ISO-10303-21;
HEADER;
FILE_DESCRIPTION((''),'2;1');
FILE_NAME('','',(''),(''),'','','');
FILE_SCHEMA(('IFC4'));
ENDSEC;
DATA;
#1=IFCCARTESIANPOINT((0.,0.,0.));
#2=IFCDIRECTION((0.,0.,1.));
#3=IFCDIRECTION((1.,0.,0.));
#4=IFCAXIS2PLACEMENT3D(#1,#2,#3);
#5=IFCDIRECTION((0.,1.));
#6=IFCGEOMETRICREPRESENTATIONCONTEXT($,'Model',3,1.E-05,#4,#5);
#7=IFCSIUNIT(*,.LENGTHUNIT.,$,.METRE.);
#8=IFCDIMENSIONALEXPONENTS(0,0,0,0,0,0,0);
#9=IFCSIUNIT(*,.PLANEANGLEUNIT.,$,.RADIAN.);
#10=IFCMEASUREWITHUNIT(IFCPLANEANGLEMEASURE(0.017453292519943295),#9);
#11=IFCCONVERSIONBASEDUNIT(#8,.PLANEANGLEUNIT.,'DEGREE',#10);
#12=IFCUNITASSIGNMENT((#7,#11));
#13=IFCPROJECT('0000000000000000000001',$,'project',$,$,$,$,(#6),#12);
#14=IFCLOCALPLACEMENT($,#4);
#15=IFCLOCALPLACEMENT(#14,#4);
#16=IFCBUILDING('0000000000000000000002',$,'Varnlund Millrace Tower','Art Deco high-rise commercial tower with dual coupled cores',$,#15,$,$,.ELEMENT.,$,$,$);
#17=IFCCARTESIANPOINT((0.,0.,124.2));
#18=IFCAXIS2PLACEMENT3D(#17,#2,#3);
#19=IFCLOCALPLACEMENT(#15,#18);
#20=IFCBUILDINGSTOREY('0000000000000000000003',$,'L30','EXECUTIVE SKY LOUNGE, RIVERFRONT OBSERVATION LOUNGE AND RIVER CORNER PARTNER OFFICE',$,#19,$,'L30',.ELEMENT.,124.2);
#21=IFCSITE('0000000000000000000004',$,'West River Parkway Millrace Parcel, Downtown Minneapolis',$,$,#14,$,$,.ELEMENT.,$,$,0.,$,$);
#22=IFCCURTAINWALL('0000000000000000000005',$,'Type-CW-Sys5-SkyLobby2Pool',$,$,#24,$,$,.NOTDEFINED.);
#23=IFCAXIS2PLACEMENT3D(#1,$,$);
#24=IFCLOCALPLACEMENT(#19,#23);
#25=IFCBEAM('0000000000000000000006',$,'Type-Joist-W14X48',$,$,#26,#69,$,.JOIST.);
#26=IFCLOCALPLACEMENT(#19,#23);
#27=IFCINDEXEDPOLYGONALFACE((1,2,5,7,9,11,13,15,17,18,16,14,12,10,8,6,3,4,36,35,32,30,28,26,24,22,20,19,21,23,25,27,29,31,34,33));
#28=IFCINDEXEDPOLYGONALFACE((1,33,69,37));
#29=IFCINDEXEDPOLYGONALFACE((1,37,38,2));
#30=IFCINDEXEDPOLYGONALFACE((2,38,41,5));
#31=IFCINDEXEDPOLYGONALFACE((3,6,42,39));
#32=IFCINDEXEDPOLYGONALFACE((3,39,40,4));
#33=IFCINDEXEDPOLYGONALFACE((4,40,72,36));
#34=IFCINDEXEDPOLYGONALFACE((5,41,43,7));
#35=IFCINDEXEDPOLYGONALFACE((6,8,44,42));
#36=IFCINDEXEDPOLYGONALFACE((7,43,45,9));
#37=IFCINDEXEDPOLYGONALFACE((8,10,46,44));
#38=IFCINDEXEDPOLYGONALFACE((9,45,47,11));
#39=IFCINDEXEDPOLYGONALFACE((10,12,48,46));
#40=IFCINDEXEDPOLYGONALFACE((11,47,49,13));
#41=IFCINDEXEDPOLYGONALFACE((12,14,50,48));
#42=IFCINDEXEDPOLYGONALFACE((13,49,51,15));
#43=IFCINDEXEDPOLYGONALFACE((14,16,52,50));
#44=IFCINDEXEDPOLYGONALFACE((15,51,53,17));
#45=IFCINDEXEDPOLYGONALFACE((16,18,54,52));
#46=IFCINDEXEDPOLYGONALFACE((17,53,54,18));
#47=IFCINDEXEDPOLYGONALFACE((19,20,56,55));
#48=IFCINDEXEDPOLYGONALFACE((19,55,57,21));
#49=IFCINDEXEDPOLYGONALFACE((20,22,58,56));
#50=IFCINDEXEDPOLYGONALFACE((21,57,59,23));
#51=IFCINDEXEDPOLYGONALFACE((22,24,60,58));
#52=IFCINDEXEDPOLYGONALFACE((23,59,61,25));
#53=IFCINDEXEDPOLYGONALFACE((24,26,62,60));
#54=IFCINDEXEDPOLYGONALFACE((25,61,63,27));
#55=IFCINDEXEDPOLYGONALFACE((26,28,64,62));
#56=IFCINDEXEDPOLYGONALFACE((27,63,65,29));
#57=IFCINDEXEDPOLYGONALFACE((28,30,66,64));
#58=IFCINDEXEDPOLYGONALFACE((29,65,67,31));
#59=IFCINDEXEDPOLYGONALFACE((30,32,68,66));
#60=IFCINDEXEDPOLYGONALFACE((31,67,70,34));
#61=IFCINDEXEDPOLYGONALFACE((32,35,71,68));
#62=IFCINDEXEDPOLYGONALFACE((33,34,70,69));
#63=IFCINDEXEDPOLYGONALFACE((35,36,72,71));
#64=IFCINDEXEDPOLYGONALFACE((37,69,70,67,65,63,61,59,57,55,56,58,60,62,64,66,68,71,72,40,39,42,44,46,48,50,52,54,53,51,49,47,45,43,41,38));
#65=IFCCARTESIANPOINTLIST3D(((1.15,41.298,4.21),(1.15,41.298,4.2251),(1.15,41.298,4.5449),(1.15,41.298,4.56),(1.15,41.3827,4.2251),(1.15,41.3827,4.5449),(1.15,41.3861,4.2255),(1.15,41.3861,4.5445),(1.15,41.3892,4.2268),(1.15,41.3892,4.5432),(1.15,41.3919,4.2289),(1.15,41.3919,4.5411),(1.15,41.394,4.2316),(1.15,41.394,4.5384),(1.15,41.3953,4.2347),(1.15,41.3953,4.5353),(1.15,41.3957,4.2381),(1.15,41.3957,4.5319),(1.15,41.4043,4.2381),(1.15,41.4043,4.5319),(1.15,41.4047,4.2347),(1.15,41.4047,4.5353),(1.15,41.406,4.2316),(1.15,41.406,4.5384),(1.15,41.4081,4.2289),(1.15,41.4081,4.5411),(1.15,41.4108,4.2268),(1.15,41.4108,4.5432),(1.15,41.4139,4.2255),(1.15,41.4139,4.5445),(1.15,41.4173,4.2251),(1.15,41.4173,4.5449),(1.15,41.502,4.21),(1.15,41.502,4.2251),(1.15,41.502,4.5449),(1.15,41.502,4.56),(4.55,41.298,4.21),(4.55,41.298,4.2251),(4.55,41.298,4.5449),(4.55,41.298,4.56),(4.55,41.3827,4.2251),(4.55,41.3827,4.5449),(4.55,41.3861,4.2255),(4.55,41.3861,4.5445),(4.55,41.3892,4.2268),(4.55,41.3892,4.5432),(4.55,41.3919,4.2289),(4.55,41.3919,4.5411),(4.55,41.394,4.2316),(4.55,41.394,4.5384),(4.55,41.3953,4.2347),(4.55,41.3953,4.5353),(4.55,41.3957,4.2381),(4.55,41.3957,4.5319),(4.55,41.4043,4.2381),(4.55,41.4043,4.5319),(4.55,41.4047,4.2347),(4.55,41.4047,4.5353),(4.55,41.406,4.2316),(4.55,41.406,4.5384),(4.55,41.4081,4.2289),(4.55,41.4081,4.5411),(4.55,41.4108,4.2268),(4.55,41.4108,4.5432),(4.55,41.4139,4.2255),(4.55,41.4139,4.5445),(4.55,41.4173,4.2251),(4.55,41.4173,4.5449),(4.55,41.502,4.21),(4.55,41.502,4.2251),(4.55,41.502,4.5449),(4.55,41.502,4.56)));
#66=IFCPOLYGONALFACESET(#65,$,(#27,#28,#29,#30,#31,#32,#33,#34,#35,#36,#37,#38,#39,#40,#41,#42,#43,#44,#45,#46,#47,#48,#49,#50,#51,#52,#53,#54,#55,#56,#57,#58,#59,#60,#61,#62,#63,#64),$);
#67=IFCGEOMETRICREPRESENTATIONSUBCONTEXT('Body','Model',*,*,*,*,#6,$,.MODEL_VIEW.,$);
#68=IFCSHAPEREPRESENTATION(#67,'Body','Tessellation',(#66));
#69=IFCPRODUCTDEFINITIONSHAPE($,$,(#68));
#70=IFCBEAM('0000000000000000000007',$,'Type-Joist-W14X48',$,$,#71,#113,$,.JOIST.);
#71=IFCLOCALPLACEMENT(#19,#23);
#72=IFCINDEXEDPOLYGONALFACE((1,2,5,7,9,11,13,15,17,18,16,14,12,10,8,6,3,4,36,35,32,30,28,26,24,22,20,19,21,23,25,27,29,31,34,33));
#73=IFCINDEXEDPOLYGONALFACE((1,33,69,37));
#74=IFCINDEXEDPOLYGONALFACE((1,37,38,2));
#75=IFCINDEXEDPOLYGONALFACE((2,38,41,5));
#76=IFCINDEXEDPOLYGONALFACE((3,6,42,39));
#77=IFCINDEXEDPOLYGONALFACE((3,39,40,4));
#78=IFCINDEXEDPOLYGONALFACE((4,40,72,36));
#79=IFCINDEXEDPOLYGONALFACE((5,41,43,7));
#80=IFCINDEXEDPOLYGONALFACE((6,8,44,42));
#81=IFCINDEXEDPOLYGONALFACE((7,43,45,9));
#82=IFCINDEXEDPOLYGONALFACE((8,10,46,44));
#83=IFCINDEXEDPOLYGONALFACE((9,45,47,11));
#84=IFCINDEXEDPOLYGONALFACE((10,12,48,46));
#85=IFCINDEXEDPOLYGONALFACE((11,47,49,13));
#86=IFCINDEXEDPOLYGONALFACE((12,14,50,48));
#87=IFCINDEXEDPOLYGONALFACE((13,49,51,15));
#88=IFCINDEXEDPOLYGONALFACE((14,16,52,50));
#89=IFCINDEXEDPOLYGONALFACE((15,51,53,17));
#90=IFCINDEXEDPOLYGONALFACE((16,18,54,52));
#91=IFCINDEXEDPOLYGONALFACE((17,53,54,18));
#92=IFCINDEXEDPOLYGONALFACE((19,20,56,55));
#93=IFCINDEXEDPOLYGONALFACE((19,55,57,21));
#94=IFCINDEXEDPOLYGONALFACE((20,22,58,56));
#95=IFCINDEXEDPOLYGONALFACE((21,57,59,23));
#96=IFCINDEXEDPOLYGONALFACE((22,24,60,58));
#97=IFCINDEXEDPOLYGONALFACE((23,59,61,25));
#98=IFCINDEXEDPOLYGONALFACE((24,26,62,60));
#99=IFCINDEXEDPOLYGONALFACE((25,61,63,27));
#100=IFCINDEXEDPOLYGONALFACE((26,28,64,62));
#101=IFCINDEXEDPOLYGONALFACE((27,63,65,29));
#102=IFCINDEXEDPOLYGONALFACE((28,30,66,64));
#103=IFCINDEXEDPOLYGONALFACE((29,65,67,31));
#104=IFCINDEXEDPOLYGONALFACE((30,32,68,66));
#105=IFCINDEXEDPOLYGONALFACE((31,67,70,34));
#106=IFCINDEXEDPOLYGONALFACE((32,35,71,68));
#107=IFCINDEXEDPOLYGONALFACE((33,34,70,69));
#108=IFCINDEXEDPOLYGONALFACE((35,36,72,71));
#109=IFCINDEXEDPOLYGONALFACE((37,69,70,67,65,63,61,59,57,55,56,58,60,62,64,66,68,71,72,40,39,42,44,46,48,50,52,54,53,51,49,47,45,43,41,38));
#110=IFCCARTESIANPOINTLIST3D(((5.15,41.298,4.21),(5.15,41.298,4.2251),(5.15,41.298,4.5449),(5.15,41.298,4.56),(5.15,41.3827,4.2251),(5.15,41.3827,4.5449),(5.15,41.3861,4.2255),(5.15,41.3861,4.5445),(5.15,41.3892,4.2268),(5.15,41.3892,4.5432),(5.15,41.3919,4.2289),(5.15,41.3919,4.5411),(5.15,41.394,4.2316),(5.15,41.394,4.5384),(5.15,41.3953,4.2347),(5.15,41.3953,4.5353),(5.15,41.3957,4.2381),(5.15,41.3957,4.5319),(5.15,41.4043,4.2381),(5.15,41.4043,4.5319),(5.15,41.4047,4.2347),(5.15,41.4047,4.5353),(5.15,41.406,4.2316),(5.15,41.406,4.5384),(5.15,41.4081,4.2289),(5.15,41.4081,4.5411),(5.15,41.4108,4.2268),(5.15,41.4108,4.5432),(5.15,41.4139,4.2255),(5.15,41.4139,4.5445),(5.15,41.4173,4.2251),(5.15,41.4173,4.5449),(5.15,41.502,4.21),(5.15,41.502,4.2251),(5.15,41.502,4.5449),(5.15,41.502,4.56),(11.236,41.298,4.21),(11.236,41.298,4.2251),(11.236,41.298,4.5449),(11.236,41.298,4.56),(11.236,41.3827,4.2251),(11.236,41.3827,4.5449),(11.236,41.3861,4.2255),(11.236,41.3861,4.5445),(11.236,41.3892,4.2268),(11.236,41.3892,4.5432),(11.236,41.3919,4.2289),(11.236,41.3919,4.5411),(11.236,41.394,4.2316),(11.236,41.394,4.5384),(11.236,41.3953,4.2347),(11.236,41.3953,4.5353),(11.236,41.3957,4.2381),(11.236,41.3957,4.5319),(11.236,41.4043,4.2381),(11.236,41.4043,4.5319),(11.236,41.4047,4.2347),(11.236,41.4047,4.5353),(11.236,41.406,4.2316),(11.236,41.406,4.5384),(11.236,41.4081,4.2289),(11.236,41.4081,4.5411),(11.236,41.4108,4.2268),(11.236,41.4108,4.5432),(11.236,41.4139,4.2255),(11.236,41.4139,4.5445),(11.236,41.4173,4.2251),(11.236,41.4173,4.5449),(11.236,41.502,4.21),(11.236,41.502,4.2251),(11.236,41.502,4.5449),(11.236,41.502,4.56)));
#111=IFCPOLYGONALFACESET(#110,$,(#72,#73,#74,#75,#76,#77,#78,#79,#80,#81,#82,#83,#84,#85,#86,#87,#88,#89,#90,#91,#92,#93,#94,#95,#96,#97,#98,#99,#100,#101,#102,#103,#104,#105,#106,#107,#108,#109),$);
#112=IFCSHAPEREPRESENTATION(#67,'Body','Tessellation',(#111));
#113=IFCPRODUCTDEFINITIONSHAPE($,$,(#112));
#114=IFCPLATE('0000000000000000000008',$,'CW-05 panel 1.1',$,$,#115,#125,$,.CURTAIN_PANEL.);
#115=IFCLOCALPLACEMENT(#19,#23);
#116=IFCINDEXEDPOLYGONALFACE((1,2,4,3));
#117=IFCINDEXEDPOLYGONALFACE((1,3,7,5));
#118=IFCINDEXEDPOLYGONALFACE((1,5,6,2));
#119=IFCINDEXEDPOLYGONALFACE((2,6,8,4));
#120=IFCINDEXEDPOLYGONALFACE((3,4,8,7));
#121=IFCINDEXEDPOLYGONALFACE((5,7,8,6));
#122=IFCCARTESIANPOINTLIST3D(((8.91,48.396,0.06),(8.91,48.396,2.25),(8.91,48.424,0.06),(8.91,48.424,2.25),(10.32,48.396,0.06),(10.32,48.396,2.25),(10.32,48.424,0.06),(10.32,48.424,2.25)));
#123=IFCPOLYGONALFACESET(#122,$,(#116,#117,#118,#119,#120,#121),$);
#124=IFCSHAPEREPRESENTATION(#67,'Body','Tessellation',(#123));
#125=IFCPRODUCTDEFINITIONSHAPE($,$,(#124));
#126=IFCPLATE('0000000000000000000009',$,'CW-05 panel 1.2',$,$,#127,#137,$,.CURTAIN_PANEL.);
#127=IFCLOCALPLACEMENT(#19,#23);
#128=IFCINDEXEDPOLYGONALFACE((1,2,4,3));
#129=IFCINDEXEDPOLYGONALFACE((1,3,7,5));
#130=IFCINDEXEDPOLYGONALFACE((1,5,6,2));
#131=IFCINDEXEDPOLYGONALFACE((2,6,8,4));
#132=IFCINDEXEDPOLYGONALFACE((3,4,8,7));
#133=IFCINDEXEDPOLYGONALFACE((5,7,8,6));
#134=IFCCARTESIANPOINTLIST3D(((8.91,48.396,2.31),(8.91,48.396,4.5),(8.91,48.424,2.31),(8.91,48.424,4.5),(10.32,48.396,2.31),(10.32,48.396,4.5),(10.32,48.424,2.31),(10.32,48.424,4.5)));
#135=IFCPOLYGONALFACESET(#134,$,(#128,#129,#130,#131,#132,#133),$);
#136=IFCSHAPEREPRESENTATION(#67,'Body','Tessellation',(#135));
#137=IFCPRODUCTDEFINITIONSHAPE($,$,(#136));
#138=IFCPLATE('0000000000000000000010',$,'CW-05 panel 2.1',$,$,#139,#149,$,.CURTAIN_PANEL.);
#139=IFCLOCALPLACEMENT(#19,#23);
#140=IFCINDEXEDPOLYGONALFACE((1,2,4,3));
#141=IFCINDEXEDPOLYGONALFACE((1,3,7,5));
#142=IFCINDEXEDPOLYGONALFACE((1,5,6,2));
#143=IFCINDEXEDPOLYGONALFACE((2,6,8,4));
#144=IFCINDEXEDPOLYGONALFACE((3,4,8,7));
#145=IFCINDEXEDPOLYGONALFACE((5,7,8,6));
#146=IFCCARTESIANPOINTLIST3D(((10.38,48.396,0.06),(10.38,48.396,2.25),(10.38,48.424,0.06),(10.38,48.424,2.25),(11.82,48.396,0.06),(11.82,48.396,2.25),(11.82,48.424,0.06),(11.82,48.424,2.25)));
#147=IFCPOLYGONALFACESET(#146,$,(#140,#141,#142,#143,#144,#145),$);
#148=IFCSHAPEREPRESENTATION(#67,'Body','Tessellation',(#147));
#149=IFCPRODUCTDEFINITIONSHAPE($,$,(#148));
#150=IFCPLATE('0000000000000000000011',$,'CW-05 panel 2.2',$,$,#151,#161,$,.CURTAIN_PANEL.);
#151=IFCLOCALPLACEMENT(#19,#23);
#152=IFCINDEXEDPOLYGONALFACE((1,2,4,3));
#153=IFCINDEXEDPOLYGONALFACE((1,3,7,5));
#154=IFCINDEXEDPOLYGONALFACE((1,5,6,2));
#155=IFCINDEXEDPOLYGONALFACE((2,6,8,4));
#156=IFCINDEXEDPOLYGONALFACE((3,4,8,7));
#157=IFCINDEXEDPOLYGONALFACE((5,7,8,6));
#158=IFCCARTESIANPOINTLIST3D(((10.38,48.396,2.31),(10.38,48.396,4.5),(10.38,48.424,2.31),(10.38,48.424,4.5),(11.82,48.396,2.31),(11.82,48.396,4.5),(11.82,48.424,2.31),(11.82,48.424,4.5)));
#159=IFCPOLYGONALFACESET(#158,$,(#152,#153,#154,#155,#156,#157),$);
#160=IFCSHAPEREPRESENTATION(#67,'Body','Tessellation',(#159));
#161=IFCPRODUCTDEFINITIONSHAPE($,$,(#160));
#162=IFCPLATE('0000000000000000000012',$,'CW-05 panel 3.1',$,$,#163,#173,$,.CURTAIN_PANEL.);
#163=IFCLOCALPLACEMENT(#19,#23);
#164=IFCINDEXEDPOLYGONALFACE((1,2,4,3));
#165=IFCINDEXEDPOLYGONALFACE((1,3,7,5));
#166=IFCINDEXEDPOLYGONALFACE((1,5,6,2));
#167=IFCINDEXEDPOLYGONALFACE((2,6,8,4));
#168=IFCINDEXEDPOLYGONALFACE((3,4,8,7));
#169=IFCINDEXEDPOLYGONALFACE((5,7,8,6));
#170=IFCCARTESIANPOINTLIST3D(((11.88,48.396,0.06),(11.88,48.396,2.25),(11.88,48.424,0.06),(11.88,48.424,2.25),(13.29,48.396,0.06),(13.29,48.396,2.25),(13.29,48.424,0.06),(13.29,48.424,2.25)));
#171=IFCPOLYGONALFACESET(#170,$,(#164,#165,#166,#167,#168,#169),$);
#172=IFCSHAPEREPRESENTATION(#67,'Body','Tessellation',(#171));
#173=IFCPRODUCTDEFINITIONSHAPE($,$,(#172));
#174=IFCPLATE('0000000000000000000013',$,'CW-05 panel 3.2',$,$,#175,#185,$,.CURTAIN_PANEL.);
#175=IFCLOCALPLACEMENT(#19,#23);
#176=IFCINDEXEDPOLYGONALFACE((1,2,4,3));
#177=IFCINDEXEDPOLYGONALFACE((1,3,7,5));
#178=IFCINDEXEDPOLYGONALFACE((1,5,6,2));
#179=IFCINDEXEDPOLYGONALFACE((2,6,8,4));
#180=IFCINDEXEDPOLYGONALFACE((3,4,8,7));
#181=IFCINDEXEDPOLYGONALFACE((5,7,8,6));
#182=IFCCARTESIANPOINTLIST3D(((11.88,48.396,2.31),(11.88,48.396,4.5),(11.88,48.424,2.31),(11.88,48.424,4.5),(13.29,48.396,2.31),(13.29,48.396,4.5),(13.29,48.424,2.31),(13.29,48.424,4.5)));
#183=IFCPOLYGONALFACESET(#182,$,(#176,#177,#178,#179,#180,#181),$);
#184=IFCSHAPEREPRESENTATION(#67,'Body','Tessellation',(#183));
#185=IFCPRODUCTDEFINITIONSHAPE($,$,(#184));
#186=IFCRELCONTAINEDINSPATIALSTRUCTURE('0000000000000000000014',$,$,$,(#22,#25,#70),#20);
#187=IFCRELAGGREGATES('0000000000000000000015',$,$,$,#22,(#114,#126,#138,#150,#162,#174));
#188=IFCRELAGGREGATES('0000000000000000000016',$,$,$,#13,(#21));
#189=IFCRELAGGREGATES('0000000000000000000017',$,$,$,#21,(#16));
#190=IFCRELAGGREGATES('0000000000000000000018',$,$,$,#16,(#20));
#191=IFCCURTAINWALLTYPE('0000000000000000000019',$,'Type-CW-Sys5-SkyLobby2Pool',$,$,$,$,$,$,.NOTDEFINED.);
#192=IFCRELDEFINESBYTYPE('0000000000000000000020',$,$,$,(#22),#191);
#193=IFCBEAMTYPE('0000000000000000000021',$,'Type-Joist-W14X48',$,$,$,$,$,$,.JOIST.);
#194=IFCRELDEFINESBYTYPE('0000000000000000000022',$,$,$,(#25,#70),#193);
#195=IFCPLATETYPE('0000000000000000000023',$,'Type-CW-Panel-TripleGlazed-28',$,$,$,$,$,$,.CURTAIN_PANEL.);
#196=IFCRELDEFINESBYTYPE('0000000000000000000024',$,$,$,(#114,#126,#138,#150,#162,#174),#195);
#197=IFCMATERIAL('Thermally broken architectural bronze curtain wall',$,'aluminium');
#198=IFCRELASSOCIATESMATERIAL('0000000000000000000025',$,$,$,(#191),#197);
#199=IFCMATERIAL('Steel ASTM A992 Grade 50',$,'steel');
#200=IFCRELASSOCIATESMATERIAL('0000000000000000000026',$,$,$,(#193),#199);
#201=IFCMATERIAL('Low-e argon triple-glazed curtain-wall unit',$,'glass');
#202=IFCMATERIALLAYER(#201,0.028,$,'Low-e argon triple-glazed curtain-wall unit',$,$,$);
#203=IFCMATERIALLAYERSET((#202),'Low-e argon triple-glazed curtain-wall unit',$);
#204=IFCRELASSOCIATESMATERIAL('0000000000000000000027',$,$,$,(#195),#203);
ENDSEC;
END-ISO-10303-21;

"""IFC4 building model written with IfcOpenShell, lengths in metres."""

from ifc_helpers import new_model, entity, si_unit, converted_unit, direction, frame, origin_with_axes, origin_2d_with_axis, place, context, subcontext, project, spatial, rectangle, i_section, extrude, material, layer, layer_set, material_profile, profile_set, type_object, element, aggregate, save


model = new_model("IFC4")

# Units and contexts
model_context = context("Model", 3, precision=1e-05, world=origin_with_axes(), true_north=direction((0.0, 1.0)))
body_context = subcontext(model_context, "Body", "Model", "MODEL_VIEW")
ifc_project = project(units=[si_unit("LENGTHUNIT", "METRE"), converted_unit("PLANEANGLEUNIT", "DEGREE", entity("IfcPlaneAngleMeasure", 0.017453292519943295), si_unit("PLANEANGLEUNIT", "RADIAN"), dimensions=[0, 0, 0, 0, 0, 0, 0])], contexts=[model_context])

# Site, building, storey
site_placement = place(None, origin_with_axes())
site = spatial("IfcSite", under=ifc_project, at=site_placement, Name="West River Parkway Millrace Parcel, Downtown Minneapolis", CompositionType="ELEMENT", RefElevation=0.0)
building_placement = place(site_placement, origin_with_axes())
building = spatial("IfcBuilding", under=site, at=building_placement, Name="Varnlund Millrace Tower", Description="Art Deco high-rise commercial tower with dual coupled cores", CompositionType="ELEMENT")
storey_placement = place(building_placement, frame((0.0, 0.0, 124.2), z_axis=(0.0, 0.0, 1.0), x_axis=(1.0, 0.0, 0.0)))
storey = spatial("IfcBuildingStorey", under=building, at=storey_placement, Name="L30", Description="EXECUTIVE SKY LOUNGE, RIVERFRONT OBSERVATION LOUNGE AND RIVER CORNER PARTNER OFFICE", LongName="L30", CompositionType="ELEMENT", Elevation=124.2)

# Curtain wall
ifc_material_1 = material(Name="Thermally broken architectural bronze curtain wall", Category="aluminium")
curtain_wall_type = type_object("IfcCurtainWallType", Name="Type-CW-Sys5-SkyLobby2Pool", PredefinedType="NOTDEFINED", material=ifc_material_1)
curtain_wall_placement = place(storey_placement, frame((8.85, 48.41, 0.0), z_axis=(0.0, 0.0, 1.0), x_axis=(1.0, 0.0, 0.0)))
curtain_wall = element("IfcCurtainWall", 1, at=curtain_wall_placement, inside=storey, type_object=curtain_wall_type, Name="Type-CW-Sys5-SkyLobby2Pool", PredefinedType="NOTDEFINED")

# Beams
ifc_material_2 = material(Name="Steel ASTM A992 Grade 50", Category="steel")
ifc_material_profile_1 = material_profile(ifc_material_2, i_section(OverallWidth=0.204, OverallDepth=0.35, WebThickness=0.0086, FlangeThickness=0.0151, FilletRadius=0.013, at=origin_2d_with_axis()), Name="Steel ASTM A992 Grade 50")
ifc_profile_set_1 = profile_set([ifc_material_profile_1], Name="Steel ASTM A992 Grade 50")
beam_type_1 = type_object("IfcBeamType", Name="Type-Joist-W14X48", PredefinedType="JOIST", material=ifc_profile_set_1)
beam_1_placement = place(storey_placement, frame((1.15, 41.4, 4.385), z_axis=(1.0, 0.0, 0.0), x_axis=(0.0, 1.0, 0.0)))
element("IfcBeam", 2, at=beam_1_placement, inside=storey, type_object=beam_type_1, Name="Type-Joist-W14X48", PredefinedType="JOIST", context=body_context, shape_type="SweptSolid", body=[
    extrude(i_section(OverallWidth=0.204, OverallDepth=0.35, WebThickness=0.0086, FlangeThickness=0.0151, FilletRadius=0.013, at=origin_2d_with_axis()), origin_with_axes(), (0.0, 0.0, 1.0), 3.4),
])
beam_2_placement = place(storey_placement, frame((5.15, 41.4, 4.385), z_axis=(1.0, 0.0, 0.0), x_axis=(0.0, 1.0, 0.0)))
element("IfcBeam", 3, at=beam_2_placement, inside=storey, type_object=beam_type_1, Name="Type-Joist-W14X48", PredefinedType="JOIST", context=body_context, shape_type="SweptSolid", body=[
    extrude(i_section(OverallWidth=0.204, OverallDepth=0.35, WebThickness=0.0086, FlangeThickness=0.0151, FilletRadius=0.013, at=origin_2d_with_axis()), origin_with_axes(), (0.0, 0.0, 1.0), 6.086),
])

# Plates
ifc_material_3 = material(Name="Low-e argon triple-glazed curtain-wall unit", Category="glass")
ifc_layer = layer(ifc_material_3, 0.028, Name="Low-e argon triple-glazed curtain-wall unit")
ifc_layer_set = layer_set([ifc_layer], Name="Low-e argon triple-glazed curtain-wall unit")
plate_type = type_object("IfcPlateType", Name="Type-CW-Panel-TripleGlazed-28", PredefinedType="CURTAIN_PANEL", material=ifc_layer_set)
plate_1_placement = place(storey_placement, frame((9.615, 48.41, 0.06), z_axis=(0.0, 0.0, 1.0), x_axis=(1.0, 0.0, 0.0)))
plate_1 = element("IfcPlate", 4, at=plate_1_placement, type_object=plate_type, Name="CW-05 panel 1.1", PredefinedType="CURTAIN_PANEL", context=body_context, shape_type="SweptSolid", body=[
    extrude(rectangle(XDim=1.41, YDim=0.028, at=origin_2d_with_axis()), origin_with_axes(), (0.0, 0.0, 1.0), 2.19),
])
plate_2_placement = place(storey_placement, frame((9.615, 48.41, 2.31), z_axis=(0.0, 0.0, 1.0), x_axis=(1.0, 0.0, 0.0)))
plate_2 = element("IfcPlate", 5, at=plate_2_placement, type_object=plate_type, Name="CW-05 panel 1.2", PredefinedType="CURTAIN_PANEL", context=body_context, shape_type="SweptSolid", body=[
    extrude(rectangle(XDim=1.41, YDim=0.028, at=origin_2d_with_axis()), origin_with_axes(), (0.0, 0.0, 1.0), 2.19),
])
plate_3_placement = place(storey_placement, frame((11.1, 48.41, 0.06), z_axis=(0.0, 0.0, 1.0), x_axis=(1.0, 0.0, 0.0)))
plate_3 = element("IfcPlate", 6, at=plate_3_placement, type_object=plate_type, Name="CW-05 panel 2.1", PredefinedType="CURTAIN_PANEL", context=body_context, shape_type="SweptSolid", body=[
    extrude(rectangle(XDim=1.44, YDim=0.028, at=origin_2d_with_axis()), origin_with_axes(), (0.0, 0.0, 1.0), 2.19),
])
plate_4_placement = place(storey_placement, frame((11.1, 48.41, 2.31), z_axis=(0.0, 0.0, 1.0), x_axis=(1.0, 0.0, 0.0)))
plate_4 = element("IfcPlate", 7, at=plate_4_placement, type_object=plate_type, Name="CW-05 panel 2.2", PredefinedType="CURTAIN_PANEL", context=body_context, shape_type="SweptSolid", body=[
    extrude(rectangle(XDim=1.44, YDim=0.028, at=origin_2d_with_axis()), origin_with_axes(), (0.0, 0.0, 1.0), 2.19),
])
plate_5_placement = place(storey_placement, frame((12.585, 48.41, 0.06), z_axis=(0.0, 0.0, 1.0), x_axis=(1.0, 0.0, 0.0)))
plate_5 = element("IfcPlate", 8, at=plate_5_placement, type_object=plate_type, Name="CW-05 panel 3.1", PredefinedType="CURTAIN_PANEL", context=body_context, shape_type="SweptSolid", body=[
    extrude(rectangle(XDim=1.41, YDim=0.028, at=origin_2d_with_axis()), origin_with_axes(), (0.0, 0.0, 1.0), 2.19),
])
plate_6_placement = place(storey_placement, frame((12.585, 48.41, 2.31), z_axis=(0.0, 0.0, 1.0), x_axis=(1.0, 0.0, 0.0)))
plate_6 = element("IfcPlate", 9, at=plate_6_placement, type_object=plate_type, Name="CW-05 panel 3.2", PredefinedType="CURTAIN_PANEL", context=body_context, shape_type="SweptSolid", body=[
    extrude(rectangle(XDim=1.41, YDim=0.028, at=origin_2d_with_axis()), origin_with_axes(), (0.0, 0.0, 1.0), 2.19),
])
aggregate(curtain_wall, [plate_1, plate_2, plate_3, plate_4, plate_5, plate_6])

save(model, "model.ifc")
